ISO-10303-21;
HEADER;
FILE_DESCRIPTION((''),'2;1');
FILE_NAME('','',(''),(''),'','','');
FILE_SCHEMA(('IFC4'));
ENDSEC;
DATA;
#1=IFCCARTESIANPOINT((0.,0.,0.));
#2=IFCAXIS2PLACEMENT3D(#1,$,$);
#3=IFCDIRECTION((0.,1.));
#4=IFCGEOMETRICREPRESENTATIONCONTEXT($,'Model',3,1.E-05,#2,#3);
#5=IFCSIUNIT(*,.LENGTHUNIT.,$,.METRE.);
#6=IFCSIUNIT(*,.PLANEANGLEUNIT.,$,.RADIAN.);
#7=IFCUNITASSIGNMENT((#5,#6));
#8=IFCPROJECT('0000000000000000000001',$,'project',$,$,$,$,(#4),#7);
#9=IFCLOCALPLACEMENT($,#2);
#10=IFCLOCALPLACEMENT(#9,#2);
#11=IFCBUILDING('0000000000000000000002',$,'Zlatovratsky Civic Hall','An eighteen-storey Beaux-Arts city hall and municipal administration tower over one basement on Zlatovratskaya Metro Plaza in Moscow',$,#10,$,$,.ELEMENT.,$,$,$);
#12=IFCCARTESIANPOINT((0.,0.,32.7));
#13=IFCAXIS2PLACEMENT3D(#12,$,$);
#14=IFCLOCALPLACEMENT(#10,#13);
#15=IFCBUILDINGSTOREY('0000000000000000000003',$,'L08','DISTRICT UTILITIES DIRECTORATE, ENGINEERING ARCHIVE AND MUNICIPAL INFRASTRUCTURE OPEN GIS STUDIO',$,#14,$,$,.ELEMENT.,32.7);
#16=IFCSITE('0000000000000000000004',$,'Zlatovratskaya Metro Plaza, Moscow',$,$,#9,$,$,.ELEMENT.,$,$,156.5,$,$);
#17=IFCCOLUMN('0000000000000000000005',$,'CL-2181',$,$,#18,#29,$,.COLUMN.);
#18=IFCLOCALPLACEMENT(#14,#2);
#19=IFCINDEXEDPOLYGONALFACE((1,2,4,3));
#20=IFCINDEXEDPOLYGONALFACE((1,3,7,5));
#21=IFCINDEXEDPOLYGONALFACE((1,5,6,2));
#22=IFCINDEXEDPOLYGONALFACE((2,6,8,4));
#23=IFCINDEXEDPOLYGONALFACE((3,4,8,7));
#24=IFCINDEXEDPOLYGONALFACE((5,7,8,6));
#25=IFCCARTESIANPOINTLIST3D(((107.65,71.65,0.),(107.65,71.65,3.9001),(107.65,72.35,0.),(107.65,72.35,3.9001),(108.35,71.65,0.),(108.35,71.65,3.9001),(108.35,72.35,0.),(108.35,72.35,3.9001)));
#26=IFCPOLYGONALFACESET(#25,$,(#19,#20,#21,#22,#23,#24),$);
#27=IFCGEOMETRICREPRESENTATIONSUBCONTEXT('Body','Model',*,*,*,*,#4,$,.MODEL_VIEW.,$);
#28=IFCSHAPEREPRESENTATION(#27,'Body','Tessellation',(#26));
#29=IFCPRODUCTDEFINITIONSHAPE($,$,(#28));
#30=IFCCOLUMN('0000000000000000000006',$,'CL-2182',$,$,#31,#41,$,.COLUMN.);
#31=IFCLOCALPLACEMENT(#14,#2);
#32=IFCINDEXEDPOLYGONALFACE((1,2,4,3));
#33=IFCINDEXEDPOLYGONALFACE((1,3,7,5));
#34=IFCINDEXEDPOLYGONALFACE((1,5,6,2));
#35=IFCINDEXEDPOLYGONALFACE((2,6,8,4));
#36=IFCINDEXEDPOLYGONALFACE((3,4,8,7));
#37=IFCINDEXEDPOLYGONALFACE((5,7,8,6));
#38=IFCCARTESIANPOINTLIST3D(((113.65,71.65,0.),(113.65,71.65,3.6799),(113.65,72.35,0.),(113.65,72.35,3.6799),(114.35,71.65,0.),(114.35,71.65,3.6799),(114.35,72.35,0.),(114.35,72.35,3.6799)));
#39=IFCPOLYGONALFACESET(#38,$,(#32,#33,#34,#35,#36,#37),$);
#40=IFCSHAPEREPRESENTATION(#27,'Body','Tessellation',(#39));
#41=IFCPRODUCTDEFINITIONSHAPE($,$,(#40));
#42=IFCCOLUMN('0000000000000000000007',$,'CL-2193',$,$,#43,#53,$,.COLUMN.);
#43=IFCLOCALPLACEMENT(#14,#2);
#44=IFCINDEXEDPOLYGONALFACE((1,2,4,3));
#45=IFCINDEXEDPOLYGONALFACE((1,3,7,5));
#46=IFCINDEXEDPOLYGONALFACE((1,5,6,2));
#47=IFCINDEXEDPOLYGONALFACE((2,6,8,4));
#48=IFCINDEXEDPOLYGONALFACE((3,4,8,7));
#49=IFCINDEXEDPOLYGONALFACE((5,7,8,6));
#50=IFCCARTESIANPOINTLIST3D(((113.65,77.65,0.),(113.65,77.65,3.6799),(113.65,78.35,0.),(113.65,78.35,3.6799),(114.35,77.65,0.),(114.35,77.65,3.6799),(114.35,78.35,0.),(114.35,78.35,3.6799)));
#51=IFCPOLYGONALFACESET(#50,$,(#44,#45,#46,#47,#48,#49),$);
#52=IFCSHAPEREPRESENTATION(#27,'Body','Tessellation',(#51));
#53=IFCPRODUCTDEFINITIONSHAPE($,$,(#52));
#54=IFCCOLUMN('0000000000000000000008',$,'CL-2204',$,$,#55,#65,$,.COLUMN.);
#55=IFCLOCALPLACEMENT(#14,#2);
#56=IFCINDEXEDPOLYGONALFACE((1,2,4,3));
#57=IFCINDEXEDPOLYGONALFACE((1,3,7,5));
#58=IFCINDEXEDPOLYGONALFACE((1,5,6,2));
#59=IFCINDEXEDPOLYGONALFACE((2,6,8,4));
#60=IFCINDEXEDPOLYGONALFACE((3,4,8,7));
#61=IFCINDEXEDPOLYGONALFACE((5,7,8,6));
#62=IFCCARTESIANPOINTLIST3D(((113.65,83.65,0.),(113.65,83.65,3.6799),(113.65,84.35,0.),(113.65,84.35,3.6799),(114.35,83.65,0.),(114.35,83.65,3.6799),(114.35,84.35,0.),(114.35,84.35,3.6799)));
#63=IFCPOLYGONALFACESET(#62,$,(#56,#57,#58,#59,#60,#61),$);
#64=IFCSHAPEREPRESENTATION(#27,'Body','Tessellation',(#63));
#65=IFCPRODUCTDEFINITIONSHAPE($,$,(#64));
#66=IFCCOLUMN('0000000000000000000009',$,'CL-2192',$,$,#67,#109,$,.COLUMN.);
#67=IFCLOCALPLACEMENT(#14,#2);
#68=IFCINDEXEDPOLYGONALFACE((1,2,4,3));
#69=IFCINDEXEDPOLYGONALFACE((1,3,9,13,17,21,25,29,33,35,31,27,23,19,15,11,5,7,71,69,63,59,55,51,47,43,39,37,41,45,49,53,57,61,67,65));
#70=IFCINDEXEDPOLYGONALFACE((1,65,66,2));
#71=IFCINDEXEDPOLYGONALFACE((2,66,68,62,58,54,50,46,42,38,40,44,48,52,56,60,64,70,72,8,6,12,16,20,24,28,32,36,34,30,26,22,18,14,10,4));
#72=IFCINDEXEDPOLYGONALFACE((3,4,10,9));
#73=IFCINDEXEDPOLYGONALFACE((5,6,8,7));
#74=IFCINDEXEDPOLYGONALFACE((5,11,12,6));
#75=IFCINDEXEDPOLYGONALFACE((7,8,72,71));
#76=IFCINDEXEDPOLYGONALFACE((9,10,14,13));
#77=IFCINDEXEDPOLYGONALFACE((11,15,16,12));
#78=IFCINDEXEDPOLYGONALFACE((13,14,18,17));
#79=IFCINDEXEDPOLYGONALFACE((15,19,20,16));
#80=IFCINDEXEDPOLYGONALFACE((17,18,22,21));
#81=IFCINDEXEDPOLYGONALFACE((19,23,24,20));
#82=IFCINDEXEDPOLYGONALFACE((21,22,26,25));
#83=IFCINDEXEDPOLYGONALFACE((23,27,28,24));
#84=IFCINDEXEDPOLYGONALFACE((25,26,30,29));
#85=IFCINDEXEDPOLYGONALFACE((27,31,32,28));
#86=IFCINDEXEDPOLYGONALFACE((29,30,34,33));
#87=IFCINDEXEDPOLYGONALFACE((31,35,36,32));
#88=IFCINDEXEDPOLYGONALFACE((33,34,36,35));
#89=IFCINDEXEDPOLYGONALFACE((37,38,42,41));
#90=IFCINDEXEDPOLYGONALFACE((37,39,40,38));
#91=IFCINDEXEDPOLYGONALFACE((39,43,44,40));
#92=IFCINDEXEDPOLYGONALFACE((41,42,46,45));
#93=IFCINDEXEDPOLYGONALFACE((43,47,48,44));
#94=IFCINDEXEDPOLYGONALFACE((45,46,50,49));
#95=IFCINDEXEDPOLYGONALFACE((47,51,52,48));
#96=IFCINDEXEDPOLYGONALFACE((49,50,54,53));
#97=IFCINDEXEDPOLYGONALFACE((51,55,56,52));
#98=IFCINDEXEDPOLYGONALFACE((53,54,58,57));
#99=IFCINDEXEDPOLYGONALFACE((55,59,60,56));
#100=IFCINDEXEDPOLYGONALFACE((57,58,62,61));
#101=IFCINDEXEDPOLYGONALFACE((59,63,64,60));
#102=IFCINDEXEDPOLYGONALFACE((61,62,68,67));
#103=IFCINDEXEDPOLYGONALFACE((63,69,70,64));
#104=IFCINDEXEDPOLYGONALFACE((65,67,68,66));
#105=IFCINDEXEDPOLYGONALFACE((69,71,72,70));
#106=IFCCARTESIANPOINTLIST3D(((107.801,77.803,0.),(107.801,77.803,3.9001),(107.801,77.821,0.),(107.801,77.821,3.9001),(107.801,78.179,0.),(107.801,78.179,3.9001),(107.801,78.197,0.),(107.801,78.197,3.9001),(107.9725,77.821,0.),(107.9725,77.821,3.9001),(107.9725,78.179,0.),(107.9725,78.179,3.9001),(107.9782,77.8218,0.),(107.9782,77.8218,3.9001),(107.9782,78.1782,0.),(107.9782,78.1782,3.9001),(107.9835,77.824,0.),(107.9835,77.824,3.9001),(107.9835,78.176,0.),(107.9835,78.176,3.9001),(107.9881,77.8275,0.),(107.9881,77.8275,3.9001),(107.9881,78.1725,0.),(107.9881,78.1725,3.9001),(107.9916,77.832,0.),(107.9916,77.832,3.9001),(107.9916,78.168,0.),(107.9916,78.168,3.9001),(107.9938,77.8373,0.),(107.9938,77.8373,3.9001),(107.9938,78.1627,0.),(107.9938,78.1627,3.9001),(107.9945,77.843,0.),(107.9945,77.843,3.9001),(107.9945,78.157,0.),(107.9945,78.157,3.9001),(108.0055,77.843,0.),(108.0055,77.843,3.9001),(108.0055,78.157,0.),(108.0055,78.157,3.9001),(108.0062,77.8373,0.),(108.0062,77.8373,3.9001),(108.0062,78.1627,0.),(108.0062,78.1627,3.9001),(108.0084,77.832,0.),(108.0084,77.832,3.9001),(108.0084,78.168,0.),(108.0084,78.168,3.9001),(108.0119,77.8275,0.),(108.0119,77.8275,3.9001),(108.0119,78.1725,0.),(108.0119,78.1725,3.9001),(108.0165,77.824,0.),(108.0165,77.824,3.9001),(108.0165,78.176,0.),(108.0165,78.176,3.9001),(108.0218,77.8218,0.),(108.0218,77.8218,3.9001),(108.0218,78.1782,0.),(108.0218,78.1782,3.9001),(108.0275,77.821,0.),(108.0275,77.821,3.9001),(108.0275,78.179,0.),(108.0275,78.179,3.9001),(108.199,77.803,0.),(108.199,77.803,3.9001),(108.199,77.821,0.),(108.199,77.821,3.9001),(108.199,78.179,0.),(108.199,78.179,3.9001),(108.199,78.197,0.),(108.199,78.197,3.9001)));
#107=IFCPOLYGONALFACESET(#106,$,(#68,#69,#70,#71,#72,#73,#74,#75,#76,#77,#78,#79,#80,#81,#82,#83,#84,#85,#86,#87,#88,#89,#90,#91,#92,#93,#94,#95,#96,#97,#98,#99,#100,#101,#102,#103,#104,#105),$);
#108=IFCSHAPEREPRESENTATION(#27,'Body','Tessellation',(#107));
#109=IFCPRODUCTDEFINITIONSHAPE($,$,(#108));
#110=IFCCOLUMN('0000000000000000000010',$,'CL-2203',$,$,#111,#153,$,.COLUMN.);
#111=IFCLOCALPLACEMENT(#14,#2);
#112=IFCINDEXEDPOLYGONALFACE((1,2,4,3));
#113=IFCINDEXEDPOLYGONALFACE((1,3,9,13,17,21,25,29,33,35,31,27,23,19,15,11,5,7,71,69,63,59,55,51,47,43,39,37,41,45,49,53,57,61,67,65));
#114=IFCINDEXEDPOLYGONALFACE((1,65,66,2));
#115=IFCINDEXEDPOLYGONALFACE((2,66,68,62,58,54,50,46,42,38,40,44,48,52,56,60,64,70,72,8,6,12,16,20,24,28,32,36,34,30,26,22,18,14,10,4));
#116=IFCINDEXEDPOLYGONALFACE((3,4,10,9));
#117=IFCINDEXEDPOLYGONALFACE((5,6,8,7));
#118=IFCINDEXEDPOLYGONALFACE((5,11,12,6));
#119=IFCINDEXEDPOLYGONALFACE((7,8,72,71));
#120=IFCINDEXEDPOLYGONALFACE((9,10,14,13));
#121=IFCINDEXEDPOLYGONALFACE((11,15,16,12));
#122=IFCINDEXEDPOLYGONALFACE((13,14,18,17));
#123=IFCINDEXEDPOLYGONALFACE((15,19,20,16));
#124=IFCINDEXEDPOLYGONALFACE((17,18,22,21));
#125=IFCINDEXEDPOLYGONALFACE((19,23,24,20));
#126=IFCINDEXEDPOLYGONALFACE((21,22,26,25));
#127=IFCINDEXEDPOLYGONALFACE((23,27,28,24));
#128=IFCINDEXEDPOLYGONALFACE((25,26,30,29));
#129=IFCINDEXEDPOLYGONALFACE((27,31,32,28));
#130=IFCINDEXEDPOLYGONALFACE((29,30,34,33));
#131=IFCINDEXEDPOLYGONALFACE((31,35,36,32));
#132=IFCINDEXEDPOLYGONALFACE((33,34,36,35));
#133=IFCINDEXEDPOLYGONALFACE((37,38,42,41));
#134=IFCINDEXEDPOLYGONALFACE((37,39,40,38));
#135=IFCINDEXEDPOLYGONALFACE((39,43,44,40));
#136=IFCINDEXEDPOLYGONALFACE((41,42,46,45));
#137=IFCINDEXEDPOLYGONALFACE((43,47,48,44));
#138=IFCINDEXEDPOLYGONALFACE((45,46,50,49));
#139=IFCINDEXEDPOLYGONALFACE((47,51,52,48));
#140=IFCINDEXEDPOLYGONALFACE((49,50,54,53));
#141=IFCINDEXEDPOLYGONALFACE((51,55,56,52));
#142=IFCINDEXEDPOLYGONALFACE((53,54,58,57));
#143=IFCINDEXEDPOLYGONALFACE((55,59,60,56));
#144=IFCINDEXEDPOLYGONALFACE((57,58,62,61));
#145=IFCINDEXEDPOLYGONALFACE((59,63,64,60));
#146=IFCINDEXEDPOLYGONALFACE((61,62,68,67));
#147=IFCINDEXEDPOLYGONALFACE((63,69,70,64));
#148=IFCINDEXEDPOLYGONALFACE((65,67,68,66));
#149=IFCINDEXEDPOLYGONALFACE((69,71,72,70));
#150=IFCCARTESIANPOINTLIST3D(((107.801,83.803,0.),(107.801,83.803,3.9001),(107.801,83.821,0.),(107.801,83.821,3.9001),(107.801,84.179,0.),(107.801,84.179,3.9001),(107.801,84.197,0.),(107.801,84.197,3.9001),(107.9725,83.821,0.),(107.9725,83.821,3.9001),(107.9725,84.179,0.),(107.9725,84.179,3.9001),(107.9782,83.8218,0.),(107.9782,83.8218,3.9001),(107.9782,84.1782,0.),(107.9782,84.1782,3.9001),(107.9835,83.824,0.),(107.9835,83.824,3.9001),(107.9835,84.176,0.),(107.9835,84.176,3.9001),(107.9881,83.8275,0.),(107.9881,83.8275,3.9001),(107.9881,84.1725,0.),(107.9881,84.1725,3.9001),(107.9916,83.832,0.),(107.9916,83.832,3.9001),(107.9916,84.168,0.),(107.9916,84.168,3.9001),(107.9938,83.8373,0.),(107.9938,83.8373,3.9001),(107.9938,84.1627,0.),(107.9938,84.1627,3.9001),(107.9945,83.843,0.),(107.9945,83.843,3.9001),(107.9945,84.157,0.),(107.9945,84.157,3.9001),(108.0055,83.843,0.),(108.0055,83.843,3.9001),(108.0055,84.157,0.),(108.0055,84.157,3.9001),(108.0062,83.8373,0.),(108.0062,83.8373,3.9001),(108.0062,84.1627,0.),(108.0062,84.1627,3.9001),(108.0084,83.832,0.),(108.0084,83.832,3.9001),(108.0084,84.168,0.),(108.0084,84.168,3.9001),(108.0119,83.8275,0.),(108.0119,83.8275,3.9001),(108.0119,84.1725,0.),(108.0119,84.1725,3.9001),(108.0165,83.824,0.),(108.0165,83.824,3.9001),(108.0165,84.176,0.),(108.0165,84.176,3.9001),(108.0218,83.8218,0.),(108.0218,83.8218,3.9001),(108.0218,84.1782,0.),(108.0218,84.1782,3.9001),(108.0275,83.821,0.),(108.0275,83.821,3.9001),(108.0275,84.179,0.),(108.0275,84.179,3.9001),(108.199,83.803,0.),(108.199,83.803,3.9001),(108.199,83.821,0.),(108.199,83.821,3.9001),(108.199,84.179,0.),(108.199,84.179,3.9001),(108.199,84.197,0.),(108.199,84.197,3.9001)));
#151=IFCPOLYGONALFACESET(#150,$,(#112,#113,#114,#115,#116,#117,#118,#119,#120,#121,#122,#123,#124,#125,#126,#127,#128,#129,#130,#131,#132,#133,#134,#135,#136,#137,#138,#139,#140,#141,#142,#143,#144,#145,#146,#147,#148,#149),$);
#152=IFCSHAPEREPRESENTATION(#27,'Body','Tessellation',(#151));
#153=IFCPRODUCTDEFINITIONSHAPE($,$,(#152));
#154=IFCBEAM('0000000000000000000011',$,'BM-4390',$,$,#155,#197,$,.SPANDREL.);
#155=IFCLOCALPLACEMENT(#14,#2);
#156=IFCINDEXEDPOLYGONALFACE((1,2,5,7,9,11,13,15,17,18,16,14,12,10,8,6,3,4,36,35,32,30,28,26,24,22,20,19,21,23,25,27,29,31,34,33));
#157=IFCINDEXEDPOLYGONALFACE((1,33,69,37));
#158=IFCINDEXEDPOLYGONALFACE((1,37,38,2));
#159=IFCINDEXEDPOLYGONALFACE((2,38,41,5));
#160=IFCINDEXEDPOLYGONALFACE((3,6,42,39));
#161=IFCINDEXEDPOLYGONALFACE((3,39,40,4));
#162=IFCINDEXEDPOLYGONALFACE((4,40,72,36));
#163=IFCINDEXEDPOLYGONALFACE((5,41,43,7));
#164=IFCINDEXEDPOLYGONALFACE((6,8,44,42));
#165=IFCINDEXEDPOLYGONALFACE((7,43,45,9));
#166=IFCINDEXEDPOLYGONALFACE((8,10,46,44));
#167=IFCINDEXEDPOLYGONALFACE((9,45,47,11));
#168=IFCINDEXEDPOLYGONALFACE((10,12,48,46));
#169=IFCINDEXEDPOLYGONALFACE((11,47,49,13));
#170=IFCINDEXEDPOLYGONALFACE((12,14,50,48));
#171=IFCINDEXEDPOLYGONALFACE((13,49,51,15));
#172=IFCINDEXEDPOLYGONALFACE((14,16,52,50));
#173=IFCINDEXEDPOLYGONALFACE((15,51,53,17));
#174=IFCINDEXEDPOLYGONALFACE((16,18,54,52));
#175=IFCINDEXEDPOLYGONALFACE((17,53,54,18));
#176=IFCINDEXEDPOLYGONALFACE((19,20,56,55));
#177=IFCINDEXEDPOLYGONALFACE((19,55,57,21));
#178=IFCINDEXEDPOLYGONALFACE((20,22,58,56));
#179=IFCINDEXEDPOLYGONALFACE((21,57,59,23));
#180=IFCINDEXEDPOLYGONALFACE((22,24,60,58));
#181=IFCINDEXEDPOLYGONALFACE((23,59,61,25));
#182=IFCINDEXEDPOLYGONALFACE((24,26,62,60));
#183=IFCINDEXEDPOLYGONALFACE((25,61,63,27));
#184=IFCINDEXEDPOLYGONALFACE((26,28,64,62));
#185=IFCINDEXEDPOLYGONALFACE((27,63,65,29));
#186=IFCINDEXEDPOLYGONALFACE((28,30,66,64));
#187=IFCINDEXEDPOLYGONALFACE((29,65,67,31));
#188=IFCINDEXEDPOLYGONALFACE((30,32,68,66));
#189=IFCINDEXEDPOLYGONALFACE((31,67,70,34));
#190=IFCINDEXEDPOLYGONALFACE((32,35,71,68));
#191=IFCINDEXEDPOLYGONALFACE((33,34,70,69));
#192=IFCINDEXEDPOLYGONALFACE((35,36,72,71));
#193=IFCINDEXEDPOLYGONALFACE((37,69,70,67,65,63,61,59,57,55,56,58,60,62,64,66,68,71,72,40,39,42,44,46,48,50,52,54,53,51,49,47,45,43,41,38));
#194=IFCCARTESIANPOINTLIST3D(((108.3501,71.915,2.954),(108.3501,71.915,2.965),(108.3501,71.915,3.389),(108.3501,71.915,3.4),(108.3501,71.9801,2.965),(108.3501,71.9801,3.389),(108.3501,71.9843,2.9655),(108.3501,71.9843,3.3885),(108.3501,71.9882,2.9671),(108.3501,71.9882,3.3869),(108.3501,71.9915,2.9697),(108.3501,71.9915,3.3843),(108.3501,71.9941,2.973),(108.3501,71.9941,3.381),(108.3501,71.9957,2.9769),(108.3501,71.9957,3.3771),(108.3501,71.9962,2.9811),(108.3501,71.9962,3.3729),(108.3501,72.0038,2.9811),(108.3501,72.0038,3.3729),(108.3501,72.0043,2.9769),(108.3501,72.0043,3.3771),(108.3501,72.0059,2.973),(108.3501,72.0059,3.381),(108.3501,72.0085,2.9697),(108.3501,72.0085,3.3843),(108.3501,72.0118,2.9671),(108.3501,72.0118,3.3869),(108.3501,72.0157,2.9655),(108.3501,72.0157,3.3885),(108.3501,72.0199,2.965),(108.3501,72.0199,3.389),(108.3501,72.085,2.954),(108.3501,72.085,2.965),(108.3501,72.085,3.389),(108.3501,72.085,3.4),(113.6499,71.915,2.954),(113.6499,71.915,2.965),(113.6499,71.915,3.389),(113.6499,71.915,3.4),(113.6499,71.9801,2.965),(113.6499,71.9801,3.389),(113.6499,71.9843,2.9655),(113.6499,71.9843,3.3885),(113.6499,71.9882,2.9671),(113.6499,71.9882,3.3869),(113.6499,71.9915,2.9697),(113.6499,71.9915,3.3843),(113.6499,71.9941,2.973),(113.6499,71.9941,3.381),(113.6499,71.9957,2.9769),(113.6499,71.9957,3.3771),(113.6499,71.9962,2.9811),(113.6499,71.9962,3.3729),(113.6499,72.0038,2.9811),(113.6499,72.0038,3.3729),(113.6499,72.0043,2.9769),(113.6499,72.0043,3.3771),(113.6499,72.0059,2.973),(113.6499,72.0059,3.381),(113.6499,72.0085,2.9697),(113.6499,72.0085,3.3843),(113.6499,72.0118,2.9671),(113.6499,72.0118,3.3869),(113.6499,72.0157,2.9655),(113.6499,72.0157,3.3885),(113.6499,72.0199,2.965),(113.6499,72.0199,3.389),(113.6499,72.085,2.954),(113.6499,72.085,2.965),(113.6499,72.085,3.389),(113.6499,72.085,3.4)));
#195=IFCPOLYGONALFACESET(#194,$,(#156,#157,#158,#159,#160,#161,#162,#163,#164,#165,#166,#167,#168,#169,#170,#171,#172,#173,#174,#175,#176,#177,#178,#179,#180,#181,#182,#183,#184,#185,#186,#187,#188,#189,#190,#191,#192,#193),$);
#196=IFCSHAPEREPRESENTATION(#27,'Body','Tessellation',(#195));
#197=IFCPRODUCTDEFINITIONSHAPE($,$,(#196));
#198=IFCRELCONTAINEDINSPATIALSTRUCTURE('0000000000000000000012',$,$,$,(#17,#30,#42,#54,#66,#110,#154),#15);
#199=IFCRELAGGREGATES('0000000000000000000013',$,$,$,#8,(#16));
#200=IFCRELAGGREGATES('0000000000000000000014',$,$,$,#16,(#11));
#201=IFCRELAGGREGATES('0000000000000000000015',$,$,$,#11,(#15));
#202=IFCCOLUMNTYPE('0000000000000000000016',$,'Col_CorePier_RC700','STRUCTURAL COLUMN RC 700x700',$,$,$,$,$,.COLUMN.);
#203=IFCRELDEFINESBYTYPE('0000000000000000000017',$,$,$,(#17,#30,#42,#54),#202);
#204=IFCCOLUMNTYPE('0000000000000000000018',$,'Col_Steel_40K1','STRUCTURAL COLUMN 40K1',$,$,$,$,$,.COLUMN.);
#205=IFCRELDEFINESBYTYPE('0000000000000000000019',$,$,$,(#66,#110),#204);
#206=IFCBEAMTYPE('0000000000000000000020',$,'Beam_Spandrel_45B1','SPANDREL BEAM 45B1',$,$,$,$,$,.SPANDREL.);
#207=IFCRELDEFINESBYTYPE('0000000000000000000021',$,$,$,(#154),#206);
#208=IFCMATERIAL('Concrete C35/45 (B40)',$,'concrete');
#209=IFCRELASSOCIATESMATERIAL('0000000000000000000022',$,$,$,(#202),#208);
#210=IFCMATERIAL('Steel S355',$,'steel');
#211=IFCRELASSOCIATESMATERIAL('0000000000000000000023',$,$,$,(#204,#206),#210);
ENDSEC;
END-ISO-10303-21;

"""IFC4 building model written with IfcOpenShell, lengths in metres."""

from ifc_helpers import new_model, si_unit, direction, frame, origin, origin_2d, place, context, subcontext, project, spatial, rectangle, i_section, extrude, material, material_profile, profile_set, type_object, element, save


model = new_model("IFC4")

# Units and contexts
model_context = context("Model", 3, precision=1e-05, world=origin(), true_north=direction((0.0, 1.0)))
body_context = subcontext(model_context, "Body", "Model", "MODEL_VIEW")
ifc_project = project(units=[si_unit("LENGTHUNIT", "METRE"), si_unit("PLANEANGLEUNIT", "RADIAN")], contexts=[model_context])

# Site, building, storey
site_placement = place(None, origin())
site = spatial("IfcSite", under=ifc_project, at=site_placement, Name="Zlatovratskaya Metro Plaza, Moscow", CompositionType="ELEMENT", RefElevation=156.5)
building_placement = place(site_placement, origin())
building = spatial("IfcBuilding", under=site, at=building_placement, Name="Zlatovratsky Civic Hall", Description="An eighteen-storey Beaux-Arts city hall and municipal administration tower over one basement on Zlatovratskaya Metro Plaza in Moscow", CompositionType="ELEMENT")
storey_placement = place(building_placement, frame((0.0, 0.0, 32.7)))
storey = spatial("IfcBuildingStorey", under=building, at=storey_placement, Name="L08", Description="DISTRICT UTILITIES DIRECTORATE, ENGINEERING ARCHIVE AND MUNICIPAL INFRASTRUCTURE OPEN GIS STUDIO", CompositionType="ELEMENT", Elevation=32.7)

# Columns
ifc_material_1 = material(Name="Concrete C35/45 (B40)", Category="concrete")
ifc_material_profile_1 = material_profile(ifc_material_1, rectangle(XDim=0.7, YDim=0.7, at=origin_2d()), Name="RC 700x700")
ifc_profile_set_1 = profile_set([ifc_material_profile_1], Name="Concrete C35/45 (B40)")
column_type_1 = type_object("IfcColumnType", Name="Col_CorePier_RC700", Description="STRUCTURAL COLUMN RC 700x700", PredefinedType="COLUMN", material=ifc_profile_set_1)
column_placement = place(storey_placement, frame((108.0, 72.0, 0.0), z_axis=(0.0, 0.0, 1.0), x_axis=(1.0, 0.0, 0.0)))
element("IfcColumn", 1, at=column_placement, inside=storey, type_object=column_type_1, Name="CL-2181", PredefinedType="COLUMN", context=body_context, shape_type="SweptSolid", body=[
    extrude(rectangle(XDim=0.7, YDim=0.7, at=origin_2d()), origin(), (0.0, 0.0, 1.0), 3.9001),
])
for number, where, z_axis, x_axis, name in (
    (2, (114.0, 72.0, 0.0), (0.0, 0.0, 1.0), (1.0, 0.0, 0.0), "CL-2182"),
    (3, (114.0, 78.0, 0.0), (0.0, 0.0, 1.0), (1.0, 0.0, 0.0), "CL-2193"),
    (4, (114.0, 84.0, 0.0), (0.0, 0.0, 1.0), (1.0, 0.0, 0.0), "CL-2204"),
):
    element("IfcColumn", number, at=place(storey_placement, frame(where, z_axis=z_axis, x_axis=x_axis)), inside=storey, type_object=column_type_1, Name=name, PredefinedType="COLUMN", context=body_context, shape_type="SweptSolid", body=[
        extrude(rectangle(XDim=0.7, YDim=0.7, at=origin_2d()), origin(), (0.0, 0.0, 1.0), 3.6799),
    ])
ifc_material_2 = material(Name="Steel S355", Category="steel")
ifc_material_profile_2 = material_profile(ifc_material_2, i_section(OverallWidth=0.3979, OverallDepth=0.394, WebThickness=0.011, FlangeThickness=0.0181, FilletRadius=0.022, at=origin_2d()), Name="40K1")
ifc_profile_set_2 = profile_set([ifc_material_profile_2], Name="Steel S355")
column_type_2 = type_object("IfcColumnType", Name="Col_Steel_40K1", Description="STRUCTURAL COLUMN 40K1", PredefinedType="COLUMN", material=ifc_profile_set_2)
for number, where, z_axis, x_axis, name in (
    (5, (108.0, 78.0, 0.0), (0.0, 0.0, 1.0), (1.0, 0.0, 0.0), "CL-2192"),
    (6, (108.0, 84.0, 0.0), (0.0, 0.0, 1.0), (1.0, 0.0, 0.0), "CL-2203"),
):
    element("IfcColumn", number, at=place(storey_placement, frame(where, z_axis=z_axis, x_axis=x_axis)), inside=storey, type_object=column_type_2, Name=name, PredefinedType="COLUMN", context=body_context, shape_type="SweptSolid", body=[
        extrude(i_section(OverallWidth=0.3979, OverallDepth=0.394, WebThickness=0.011, FlangeThickness=0.0181, FilletRadius=0.022, at=origin_2d()), origin(), (0.0, 0.0, 1.0), 3.9001),
    ])

# Beam
ifc_material_profile_3 = material_profile(ifc_material_2, i_section(OverallWidth=0.1699, OverallDepth=0.446, WebThickness=0.0076, FlangeThickness=0.011, FilletRadius=0.0161, at=origin_2d()), Name="45B1")
ifc_profile_set_3 = profile_set([ifc_material_profile_3], Name="Steel S355")
beam_type_1 = type_object("IfcBeamType", Name="Beam_Spandrel_45B1", Description="SPANDREL BEAM 45B1", PredefinedType="SPANDREL", material=ifc_profile_set_3)
for number, where, z_axis, x_axis, name in (
    (7, (108.3501, 72.0, 3.177), (1.0, 0.0, 0.0), (0.0, 1.0, 0.0), "BM-4390"),
):
    element("IfcBeam", number, at=place(storey_placement, frame(where, z_axis=z_axis, x_axis=x_axis)), inside=storey, type_object=beam_type_1, Name=name, PredefinedType="SPANDREL", context=body_context, shape_type="SweptSolid", body=[
        extrude(i_section(OverallWidth=0.1699, OverallDepth=0.446, WebThickness=0.0076, FlangeThickness=0.011, FilletRadius=0.0161, at=origin_2d()), origin(), (0.0, 0.0, 1.0), 5.2998),
    ])

save(model, "model.ifc")
